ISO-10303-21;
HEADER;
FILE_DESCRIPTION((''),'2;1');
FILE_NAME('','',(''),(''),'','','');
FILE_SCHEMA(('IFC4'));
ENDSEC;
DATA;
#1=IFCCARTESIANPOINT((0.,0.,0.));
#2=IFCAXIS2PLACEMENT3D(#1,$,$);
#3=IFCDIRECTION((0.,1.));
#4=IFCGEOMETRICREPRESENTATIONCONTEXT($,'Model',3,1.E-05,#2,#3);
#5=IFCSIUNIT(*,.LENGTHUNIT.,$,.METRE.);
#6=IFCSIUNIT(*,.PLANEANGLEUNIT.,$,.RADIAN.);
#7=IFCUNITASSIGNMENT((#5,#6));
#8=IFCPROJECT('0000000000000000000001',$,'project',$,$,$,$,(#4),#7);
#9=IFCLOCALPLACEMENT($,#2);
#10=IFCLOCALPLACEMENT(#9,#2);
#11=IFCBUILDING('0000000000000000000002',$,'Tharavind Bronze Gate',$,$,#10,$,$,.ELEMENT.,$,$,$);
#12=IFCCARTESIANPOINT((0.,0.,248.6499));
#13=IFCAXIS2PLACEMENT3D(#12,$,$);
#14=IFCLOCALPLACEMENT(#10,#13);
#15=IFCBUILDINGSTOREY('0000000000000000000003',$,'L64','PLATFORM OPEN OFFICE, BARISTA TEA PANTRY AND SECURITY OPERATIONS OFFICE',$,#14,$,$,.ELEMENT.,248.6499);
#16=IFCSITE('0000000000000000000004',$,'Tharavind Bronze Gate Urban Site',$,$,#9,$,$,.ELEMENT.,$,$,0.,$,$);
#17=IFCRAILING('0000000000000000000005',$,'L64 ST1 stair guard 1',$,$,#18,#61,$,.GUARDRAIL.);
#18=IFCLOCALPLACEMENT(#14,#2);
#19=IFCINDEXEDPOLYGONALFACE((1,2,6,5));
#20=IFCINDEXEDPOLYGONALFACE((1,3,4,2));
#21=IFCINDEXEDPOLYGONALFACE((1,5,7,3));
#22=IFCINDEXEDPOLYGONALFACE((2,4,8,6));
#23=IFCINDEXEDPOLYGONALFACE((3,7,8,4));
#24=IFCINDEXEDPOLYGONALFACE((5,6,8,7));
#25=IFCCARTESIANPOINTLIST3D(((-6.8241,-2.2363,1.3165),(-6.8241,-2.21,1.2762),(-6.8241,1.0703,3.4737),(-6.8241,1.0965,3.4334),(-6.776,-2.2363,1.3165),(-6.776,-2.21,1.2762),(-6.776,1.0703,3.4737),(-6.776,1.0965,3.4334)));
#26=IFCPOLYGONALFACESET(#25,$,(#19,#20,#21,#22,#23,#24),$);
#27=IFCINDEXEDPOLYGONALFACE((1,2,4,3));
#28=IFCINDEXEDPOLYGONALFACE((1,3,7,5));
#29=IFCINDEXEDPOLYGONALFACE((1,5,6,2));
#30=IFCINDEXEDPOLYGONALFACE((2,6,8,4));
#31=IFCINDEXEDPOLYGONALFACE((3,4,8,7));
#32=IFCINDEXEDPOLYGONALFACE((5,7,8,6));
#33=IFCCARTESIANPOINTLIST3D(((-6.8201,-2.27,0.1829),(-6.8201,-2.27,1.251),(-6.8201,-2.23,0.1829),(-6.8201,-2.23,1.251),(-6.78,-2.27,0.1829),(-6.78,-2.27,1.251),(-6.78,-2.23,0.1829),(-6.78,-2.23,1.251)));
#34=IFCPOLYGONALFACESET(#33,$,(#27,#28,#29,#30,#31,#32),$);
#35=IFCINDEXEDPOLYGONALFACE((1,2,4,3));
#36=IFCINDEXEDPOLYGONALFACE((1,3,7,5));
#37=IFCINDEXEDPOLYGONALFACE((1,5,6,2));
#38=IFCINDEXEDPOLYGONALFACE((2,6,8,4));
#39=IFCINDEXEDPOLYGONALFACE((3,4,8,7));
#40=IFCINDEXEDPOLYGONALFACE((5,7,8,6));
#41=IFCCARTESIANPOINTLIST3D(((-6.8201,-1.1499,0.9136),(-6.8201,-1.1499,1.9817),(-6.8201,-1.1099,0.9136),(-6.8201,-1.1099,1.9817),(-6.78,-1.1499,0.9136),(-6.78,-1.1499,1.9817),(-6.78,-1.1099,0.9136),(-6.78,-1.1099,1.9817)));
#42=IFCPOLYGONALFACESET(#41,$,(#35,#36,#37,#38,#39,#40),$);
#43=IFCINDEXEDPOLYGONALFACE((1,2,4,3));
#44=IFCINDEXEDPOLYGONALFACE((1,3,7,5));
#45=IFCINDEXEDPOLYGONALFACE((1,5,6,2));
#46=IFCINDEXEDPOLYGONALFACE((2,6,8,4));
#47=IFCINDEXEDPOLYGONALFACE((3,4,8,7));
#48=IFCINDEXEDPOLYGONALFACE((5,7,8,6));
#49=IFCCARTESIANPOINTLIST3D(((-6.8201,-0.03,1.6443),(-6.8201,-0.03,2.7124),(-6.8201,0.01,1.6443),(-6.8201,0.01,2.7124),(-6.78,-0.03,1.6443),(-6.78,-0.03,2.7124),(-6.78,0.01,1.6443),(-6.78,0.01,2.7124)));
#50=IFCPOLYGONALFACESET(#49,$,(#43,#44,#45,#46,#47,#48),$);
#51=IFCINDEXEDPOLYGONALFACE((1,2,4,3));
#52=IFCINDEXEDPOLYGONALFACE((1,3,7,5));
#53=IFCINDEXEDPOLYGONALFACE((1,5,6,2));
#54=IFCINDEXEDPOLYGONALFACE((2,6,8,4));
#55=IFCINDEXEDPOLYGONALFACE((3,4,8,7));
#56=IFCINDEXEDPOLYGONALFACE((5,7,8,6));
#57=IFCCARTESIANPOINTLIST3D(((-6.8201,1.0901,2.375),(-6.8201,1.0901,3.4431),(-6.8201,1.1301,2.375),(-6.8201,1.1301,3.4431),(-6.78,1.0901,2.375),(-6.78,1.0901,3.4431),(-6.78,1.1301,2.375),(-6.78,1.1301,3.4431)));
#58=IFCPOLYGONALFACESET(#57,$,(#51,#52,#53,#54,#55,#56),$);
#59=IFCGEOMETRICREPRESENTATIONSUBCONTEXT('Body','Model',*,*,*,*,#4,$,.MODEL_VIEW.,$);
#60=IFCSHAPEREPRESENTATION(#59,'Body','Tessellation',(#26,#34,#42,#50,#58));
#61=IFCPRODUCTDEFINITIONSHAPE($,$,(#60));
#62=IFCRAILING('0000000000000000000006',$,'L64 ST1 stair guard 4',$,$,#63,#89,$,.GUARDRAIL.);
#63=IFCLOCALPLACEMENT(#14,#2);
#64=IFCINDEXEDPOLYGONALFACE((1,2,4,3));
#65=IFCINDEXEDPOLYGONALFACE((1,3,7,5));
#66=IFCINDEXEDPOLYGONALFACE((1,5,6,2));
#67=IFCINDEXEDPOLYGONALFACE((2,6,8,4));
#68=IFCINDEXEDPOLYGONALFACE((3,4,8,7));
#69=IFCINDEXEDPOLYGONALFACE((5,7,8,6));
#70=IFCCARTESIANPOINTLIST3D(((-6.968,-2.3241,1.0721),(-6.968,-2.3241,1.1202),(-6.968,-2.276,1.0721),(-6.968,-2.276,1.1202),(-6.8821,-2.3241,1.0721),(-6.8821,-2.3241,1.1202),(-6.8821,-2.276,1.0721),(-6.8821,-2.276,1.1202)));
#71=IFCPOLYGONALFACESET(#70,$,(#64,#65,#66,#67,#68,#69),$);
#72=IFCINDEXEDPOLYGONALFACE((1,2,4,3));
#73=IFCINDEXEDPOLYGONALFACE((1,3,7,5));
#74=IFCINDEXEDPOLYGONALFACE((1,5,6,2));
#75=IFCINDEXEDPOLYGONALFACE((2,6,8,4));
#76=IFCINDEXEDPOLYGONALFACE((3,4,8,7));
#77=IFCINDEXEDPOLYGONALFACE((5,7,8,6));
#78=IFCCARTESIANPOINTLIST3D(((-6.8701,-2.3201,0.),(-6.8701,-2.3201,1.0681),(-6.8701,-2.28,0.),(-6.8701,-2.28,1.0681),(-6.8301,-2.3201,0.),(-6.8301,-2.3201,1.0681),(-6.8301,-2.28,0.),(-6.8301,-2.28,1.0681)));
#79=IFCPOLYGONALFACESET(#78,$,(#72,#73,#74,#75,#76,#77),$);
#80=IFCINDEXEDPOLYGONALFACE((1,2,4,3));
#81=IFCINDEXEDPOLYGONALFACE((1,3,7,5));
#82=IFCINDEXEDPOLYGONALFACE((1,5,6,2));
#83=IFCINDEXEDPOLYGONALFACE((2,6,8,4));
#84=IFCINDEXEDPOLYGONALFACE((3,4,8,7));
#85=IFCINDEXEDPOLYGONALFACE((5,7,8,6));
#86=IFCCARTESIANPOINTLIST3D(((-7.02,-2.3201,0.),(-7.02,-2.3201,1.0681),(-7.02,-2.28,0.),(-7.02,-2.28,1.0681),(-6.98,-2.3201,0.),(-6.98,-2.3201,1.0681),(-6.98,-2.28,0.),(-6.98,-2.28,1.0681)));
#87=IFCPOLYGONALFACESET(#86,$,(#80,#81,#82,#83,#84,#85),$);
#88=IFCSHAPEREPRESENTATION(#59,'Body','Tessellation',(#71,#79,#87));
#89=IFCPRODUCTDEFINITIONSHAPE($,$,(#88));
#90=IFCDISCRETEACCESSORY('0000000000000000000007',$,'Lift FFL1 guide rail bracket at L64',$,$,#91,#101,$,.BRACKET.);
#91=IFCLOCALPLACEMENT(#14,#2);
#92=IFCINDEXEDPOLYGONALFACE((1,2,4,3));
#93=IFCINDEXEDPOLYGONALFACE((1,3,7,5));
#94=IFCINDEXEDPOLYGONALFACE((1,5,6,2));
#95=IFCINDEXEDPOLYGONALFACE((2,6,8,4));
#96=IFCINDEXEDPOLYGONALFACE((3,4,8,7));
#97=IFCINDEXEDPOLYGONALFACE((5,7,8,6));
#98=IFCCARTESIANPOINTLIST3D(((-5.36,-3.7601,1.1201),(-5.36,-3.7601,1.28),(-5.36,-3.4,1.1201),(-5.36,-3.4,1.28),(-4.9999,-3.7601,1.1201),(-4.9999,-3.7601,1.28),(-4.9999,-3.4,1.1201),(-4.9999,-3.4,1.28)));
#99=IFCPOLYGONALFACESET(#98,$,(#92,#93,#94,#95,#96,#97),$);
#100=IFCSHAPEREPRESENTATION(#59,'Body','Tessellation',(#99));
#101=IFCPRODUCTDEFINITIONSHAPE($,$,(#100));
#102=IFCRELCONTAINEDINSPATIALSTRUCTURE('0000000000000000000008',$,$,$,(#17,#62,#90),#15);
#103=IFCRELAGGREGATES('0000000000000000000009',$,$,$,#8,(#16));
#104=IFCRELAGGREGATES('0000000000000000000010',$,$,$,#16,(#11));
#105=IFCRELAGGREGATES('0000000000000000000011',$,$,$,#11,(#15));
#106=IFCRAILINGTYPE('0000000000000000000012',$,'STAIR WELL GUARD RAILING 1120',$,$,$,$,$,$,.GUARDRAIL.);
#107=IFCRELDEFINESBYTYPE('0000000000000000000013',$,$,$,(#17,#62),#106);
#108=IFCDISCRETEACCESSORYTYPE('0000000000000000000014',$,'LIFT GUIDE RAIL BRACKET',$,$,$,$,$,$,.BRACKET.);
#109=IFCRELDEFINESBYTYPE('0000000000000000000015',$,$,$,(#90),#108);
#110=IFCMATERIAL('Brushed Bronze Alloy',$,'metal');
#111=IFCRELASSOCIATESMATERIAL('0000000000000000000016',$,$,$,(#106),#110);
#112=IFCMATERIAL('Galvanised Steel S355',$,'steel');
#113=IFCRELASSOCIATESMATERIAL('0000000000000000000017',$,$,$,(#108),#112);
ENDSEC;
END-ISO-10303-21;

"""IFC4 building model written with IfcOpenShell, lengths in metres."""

from ifc_helpers import new_model, si_unit, direction, frame, origin, origin_2d, place, context, subcontext, project, spatial, rectangle, extrude, material, type_object, element, save


model = new_model("IFC4")

# Units and contexts
model_context = context("Model", 3, precision=1e-05, world=origin(), true_north=direction((0.0, 1.0)))
body_context = subcontext(model_context, "Body", "Model", "MODEL_VIEW")
ifc_project = project(units=[si_unit("LENGTHUNIT", "METRE"), si_unit("PLANEANGLEUNIT", "RADIAN")], contexts=[model_context])

# Site, building, storey
site_placement = place(None, origin())
site = spatial("IfcSite", under=ifc_project, at=site_placement, Name="Tharavind Bronze Gate Urban Site", CompositionType="ELEMENT", RefElevation=0.0)
building_placement = place(site_placement, origin())
building = spatial("IfcBuilding", under=site, at=building_placement, Name="Tharavind Bronze Gate", CompositionType="ELEMENT")
storey_placement = place(building_placement, frame((0.0, 0.0, 248.6499)))
storey = spatial("IfcBuildingStorey", under=building, at=storey_placement, Name="L64", Description="PLATFORM OPEN OFFICE, BARISTA TEA PANTRY AND SECURITY OPERATIONS OFFICE", CompositionType="ELEMENT", Elevation=248.6499)

# Railings
ifc_material_1 = material(Name="Brushed Bronze Alloy", Category="metal")
railing_type_1 = type_object("IfcRailingType", Name="STAIR WELL GUARD RAILING 1120", PredefinedType="GUARDRAIL", material=ifc_material_1)
railing_1_placement = place(storey_placement, frame((-6.8, -2.25, 0.1829)))
element("IfcRailing", 1, at=railing_1_placement, inside=storey, type_object=railing_type_1, Name="L64 ST1 stair guard 1", PredefinedType="GUARDRAIL", context=body_context, shape_type="SweptSolid", body=[
    extrude(rectangle(XDim=0.0481, YDim=0.0481, at=origin_2d()), frame((0.0, 0.0269, 1.1135), z_axis=(0.0, 0.837523, 0.546401), x_axis=(-1.0, 0.0, 0.0)), (0.0, 0.0, 1.0), 3.948),
    extrude(rectangle(XDim=0.04, YDim=0.04, at=origin_2d()), origin(), (0.0, 0.0, 1.0), 1.0681),
    extrude(rectangle(XDim=0.04, YDim=0.04, at=origin_2d()), frame((0.0, 1.1201, 0.7307)), (0.0, 0.0, 1.0), 1.0681),
    extrude(rectangle(XDim=0.04, YDim=0.04, at=origin_2d()), frame((0.0, 2.24, 1.4614)), (0.0, 0.0, 1.0), 1.0681),
    extrude(rectangle(XDim=0.04, YDim=0.04, at=origin_2d()), frame((0.0, 3.3601, 2.1921)), (0.0, 0.0, 1.0), 1.0681),
])
railing_2_placement = place(storey_placement, frame((-6.8501, -2.3, 0.0)))
element("IfcRailing", 2, at=railing_2_placement, inside=storey, type_object=railing_type_1, Name="L64 ST1 stair guard 4", PredefinedType="GUARDRAIL", context=body_context, shape_type="SweptSolid", body=[
    extrude(rectangle(XDim=0.0481, YDim=0.0481, at=origin_2d()), frame((-0.032, 0.0, 1.0962), z_axis=(-1.0, 0.0, 0.0), x_axis=(0.0, -1.0, 0.0)), (0.0, 0.0, 1.0), 0.0859),
    extrude(rectangle(XDim=0.04, YDim=0.04, at=origin_2d()), origin(), (0.0, 0.0, 1.0), 1.0681),
    extrude(rectangle(XDim=0.04, YDim=0.04, at=origin_2d()), frame((-0.1499, 0.0, 0.0)), (0.0, 0.0, 1.0), 1.0681),
])

# Discrete accessory
ifc_material_2 = material(Name="Galvanised Steel S355", Category="steel")
discrete_accessory_type = type_object("IfcDiscreteAccessoryType", Name="LIFT GUIDE RAIL BRACKET", PredefinedType="BRACKET", material=ifc_material_2)
discrete_accessory_placement = place(storey_placement, frame((-5.1799, -3.5801, 1.1201), z_axis=(0.0, 0.0, 1.0), x_axis=(1.0, 0.0, 0.0)))
element("IfcDiscreteAccessory", 3, at=discrete_accessory_placement, inside=storey, type_object=discrete_accessory_type, Name="Lift FFL1 guide rail bracket at L64", PredefinedType="BRACKET", context=body_context, shape_type="SweptSolid", body=[
    extrude(rectangle(XDim=0.3601, YDim=0.3601, at=origin_2d()), origin(), (0.0, 0.0, 1.0), 0.1599),
])

save(model, "model.ifc")
